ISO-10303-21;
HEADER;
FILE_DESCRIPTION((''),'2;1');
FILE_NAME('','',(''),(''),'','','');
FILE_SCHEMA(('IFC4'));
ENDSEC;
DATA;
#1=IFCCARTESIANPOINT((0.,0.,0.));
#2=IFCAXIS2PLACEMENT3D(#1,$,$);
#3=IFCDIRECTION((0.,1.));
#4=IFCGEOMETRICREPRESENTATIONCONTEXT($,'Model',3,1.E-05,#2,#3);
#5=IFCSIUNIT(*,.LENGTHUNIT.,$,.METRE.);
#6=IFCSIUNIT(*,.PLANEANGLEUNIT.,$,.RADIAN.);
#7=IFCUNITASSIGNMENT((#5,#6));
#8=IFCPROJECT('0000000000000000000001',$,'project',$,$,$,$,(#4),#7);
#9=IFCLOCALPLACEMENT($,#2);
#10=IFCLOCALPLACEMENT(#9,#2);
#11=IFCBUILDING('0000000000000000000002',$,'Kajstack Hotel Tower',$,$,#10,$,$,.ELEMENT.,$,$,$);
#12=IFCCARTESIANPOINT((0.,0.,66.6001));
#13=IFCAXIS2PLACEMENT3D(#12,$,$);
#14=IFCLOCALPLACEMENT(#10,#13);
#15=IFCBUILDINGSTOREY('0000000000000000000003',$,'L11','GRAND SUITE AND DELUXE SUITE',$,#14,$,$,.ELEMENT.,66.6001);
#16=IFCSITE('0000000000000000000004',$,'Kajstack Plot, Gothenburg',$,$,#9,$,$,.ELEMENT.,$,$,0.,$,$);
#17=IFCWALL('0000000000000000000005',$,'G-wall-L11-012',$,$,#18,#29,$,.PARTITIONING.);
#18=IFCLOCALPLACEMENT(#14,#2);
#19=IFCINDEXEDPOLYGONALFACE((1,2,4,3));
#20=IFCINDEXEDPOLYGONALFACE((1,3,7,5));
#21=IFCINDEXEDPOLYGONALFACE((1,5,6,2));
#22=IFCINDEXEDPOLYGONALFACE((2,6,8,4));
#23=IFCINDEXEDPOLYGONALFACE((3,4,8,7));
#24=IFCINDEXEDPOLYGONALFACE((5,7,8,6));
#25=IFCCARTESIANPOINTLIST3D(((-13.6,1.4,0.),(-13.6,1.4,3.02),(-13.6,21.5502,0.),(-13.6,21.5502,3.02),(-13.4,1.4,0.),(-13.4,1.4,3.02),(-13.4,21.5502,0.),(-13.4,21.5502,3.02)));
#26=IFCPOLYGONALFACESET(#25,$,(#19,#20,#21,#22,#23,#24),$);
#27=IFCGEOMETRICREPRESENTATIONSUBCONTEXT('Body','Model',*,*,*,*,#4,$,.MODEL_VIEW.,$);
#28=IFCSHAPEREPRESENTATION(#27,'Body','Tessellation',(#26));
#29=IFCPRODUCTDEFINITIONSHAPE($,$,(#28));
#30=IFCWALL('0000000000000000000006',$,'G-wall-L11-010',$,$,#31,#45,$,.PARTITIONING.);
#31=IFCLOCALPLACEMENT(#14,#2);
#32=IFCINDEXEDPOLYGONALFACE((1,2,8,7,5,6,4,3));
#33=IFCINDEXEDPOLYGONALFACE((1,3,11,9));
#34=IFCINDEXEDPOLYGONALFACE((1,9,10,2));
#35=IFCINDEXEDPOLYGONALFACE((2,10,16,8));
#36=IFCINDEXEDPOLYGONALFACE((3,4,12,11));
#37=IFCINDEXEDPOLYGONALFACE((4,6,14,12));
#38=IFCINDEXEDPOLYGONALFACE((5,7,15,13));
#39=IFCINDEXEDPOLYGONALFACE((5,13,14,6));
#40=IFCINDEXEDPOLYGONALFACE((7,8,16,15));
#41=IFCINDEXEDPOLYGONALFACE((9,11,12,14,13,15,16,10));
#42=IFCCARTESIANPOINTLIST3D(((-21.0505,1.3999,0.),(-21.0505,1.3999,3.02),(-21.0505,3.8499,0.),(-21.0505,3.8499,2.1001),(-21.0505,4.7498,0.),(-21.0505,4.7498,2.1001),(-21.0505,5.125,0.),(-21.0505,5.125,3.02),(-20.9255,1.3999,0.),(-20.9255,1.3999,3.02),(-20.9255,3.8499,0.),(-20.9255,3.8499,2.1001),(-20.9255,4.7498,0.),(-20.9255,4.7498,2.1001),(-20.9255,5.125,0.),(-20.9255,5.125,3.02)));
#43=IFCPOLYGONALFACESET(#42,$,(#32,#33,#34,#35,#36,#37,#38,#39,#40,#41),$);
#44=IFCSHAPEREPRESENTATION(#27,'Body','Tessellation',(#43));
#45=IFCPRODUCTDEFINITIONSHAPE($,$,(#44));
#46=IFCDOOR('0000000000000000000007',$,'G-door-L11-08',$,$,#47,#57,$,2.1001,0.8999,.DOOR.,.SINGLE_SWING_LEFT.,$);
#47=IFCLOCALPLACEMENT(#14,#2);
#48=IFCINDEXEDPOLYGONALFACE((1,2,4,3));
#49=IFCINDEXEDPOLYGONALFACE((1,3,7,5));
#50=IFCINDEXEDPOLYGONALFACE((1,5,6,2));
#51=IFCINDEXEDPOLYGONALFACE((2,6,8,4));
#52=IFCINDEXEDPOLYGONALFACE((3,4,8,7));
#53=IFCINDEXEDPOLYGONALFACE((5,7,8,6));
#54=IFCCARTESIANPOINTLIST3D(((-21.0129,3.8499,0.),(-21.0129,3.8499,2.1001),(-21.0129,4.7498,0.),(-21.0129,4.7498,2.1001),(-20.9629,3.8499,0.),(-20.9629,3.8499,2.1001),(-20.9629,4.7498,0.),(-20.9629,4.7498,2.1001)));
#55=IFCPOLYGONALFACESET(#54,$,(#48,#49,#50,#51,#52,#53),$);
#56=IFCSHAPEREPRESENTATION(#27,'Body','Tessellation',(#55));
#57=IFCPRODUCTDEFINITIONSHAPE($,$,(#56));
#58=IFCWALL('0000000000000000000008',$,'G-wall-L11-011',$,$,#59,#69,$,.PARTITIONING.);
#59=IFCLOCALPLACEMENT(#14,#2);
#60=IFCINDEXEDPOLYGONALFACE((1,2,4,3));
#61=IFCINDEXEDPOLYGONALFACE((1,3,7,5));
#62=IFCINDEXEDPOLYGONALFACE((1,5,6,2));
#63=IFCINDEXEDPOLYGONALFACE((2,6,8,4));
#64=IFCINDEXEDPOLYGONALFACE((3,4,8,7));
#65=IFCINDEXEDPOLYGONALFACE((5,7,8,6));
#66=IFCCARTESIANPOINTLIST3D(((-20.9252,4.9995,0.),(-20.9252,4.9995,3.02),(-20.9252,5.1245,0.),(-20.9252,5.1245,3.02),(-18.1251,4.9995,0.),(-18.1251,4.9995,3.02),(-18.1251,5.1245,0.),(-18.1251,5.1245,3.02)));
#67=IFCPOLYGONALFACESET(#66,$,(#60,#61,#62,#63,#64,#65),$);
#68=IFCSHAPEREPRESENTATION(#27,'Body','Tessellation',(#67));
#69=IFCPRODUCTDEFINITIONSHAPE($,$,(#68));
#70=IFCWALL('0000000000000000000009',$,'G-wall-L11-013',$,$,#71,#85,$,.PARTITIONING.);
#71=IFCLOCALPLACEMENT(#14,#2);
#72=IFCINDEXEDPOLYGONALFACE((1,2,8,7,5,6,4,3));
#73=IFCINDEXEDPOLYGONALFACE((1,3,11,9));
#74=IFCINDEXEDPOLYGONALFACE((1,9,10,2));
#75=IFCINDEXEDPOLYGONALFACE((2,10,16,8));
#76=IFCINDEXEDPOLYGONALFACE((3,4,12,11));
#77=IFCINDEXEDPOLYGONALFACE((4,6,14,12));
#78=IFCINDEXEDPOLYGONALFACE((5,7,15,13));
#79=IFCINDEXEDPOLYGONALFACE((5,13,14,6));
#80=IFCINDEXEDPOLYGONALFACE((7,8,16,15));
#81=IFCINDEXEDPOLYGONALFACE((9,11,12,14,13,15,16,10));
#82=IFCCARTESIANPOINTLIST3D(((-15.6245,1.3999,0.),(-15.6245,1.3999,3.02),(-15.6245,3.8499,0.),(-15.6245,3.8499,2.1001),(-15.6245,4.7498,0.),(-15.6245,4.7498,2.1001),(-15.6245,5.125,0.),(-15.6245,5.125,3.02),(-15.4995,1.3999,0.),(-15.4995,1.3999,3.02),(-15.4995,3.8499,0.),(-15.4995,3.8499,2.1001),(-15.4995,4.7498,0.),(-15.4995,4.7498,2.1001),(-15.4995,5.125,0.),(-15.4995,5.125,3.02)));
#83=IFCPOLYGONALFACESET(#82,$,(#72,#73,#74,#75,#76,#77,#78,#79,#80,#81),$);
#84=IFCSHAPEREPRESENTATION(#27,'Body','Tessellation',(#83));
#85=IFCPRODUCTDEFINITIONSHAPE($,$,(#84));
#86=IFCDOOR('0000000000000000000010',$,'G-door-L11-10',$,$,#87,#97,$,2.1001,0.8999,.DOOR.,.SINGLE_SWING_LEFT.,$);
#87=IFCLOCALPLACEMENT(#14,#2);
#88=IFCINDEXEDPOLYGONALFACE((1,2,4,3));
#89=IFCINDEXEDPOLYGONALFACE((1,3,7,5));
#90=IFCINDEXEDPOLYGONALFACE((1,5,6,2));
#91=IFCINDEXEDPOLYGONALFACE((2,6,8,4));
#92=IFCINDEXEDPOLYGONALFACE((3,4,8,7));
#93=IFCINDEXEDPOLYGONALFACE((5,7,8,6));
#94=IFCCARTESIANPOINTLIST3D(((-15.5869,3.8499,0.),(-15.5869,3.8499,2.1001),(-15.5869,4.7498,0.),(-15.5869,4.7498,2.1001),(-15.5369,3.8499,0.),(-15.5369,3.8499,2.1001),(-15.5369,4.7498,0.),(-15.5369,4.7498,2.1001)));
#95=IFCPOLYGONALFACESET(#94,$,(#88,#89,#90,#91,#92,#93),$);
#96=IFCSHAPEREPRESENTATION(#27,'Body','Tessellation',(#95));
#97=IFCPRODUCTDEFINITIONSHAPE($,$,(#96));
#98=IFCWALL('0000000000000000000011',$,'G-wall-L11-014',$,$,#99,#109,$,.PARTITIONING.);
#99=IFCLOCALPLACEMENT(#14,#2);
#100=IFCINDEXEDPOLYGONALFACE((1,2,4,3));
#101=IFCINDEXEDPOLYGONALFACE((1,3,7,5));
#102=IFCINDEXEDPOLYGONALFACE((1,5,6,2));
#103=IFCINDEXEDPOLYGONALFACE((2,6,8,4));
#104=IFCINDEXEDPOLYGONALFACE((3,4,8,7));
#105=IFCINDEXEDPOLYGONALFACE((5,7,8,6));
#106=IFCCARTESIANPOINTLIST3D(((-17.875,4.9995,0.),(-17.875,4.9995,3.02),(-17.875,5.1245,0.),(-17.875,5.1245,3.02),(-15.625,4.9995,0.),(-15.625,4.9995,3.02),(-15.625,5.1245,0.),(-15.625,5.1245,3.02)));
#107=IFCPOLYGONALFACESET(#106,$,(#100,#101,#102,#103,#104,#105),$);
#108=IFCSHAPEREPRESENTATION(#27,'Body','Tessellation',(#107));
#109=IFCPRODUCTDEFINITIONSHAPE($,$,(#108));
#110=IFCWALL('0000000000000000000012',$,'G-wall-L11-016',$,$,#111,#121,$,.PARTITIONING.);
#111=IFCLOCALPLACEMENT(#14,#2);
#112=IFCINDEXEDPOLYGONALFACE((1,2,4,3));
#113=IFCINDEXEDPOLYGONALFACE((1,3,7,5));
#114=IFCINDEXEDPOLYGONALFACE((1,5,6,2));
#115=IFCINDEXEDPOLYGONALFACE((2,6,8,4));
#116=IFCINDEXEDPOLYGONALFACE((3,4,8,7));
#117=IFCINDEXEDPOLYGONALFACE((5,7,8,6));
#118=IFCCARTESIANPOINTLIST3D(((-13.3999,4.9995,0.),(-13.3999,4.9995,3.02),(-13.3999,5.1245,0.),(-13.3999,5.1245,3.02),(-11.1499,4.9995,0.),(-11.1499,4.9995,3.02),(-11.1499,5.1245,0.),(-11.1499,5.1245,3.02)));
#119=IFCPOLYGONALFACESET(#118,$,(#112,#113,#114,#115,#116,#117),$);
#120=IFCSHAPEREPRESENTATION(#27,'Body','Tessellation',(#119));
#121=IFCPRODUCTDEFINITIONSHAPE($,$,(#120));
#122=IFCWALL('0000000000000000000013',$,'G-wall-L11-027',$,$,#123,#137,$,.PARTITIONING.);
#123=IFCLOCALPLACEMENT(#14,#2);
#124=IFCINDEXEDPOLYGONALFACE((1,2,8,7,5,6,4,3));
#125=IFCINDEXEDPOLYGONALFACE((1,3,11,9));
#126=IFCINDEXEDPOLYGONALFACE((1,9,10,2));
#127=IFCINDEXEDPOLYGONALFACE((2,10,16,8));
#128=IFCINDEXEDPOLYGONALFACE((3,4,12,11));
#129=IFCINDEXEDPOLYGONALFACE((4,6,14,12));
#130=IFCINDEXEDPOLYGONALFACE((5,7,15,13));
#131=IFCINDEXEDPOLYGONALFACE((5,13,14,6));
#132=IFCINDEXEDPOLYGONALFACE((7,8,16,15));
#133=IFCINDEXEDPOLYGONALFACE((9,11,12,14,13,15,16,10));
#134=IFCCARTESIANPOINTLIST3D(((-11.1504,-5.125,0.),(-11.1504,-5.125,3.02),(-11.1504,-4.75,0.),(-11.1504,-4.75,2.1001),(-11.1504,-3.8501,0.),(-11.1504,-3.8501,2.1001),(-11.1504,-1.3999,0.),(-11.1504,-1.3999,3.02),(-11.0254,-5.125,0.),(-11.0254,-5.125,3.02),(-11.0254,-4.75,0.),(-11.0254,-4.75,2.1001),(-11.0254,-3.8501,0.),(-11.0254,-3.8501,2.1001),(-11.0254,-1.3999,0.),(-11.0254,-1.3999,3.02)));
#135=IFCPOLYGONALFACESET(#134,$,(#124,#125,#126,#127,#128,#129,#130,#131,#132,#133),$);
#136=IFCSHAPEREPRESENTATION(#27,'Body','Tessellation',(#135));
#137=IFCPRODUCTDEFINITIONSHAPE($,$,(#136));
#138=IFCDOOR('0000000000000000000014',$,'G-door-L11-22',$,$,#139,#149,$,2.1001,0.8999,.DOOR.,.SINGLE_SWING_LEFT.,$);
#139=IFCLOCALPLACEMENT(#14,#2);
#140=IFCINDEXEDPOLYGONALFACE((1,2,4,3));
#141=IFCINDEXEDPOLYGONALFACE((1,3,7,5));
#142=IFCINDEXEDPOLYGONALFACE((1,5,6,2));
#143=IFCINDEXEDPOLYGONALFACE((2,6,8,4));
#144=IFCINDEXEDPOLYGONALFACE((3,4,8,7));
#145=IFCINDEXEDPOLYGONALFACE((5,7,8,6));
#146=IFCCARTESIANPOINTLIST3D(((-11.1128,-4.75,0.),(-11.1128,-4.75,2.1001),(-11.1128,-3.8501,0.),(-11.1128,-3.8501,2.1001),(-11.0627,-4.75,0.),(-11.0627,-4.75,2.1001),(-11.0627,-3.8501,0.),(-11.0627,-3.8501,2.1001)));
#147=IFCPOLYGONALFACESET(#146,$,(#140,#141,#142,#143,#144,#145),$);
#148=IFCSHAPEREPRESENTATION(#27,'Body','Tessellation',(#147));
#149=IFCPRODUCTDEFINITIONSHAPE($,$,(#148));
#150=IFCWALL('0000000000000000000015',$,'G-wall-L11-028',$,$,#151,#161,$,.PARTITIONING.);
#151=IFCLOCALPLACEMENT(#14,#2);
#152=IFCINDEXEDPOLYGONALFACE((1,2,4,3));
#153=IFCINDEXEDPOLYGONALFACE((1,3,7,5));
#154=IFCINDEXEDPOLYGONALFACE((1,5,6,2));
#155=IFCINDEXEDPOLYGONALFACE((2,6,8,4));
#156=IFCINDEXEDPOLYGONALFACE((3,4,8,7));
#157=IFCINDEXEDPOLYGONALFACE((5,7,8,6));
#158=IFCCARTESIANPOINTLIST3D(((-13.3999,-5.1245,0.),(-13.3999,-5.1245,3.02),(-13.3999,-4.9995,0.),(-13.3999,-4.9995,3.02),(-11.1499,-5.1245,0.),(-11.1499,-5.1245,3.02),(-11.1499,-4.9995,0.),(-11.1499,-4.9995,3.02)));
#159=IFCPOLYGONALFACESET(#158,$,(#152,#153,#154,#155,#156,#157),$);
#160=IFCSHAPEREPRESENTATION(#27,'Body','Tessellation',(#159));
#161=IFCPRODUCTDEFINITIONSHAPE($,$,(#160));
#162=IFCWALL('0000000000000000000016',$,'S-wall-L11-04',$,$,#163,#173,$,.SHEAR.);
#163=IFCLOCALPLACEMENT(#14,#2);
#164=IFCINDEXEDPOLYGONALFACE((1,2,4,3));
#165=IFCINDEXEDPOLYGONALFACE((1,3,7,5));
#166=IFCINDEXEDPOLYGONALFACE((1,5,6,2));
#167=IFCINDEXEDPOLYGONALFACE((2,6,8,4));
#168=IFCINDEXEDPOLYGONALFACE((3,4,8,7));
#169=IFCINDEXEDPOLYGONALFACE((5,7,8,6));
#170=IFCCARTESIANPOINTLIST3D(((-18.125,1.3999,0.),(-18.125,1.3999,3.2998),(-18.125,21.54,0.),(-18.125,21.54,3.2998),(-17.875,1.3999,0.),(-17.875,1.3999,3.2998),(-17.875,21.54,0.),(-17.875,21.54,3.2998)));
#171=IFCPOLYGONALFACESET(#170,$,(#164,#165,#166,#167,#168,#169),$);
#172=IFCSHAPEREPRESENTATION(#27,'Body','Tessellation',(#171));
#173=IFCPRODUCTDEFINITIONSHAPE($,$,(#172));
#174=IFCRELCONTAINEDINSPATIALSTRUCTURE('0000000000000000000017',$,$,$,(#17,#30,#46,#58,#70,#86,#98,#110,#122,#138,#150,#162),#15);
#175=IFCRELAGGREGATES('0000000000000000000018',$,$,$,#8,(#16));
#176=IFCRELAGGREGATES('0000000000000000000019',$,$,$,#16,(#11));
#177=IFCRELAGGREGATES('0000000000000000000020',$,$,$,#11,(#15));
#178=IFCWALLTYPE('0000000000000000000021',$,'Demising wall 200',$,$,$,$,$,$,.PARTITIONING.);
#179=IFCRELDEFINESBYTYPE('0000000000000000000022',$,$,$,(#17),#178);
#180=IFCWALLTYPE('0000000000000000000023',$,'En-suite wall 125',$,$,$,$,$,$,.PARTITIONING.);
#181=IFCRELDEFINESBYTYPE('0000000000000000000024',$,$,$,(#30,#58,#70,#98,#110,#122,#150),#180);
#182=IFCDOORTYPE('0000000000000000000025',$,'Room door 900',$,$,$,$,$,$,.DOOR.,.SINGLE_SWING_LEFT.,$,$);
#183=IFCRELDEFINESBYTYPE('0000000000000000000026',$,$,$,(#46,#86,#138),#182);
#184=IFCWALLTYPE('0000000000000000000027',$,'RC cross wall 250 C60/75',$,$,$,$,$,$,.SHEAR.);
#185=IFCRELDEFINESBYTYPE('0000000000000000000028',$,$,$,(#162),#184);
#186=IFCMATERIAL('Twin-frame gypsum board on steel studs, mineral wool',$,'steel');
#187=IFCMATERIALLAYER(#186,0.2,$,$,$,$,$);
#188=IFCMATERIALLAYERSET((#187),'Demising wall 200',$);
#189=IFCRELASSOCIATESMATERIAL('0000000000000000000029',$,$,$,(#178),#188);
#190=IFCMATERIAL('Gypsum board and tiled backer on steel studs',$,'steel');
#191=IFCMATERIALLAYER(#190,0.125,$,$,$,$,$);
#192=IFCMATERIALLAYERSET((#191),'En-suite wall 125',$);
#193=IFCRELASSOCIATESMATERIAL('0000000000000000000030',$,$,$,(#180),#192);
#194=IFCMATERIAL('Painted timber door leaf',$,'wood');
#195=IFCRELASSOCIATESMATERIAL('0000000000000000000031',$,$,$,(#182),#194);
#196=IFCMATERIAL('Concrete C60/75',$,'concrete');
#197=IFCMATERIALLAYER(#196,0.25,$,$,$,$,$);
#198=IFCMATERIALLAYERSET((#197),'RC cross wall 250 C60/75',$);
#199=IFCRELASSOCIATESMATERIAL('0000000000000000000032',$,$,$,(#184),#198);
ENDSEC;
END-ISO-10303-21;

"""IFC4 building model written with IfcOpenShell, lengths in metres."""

from ifc_helpers import new_model, si_unit, direction, frame, frame_2d, origin, place, context, subcontext, project, spatial, rectangle, extrude, material, layer, layer_set, type_object, element, fill, save


model = new_model("IFC4")

# Units and contexts
model_context = context("Model", 3, precision=1e-05, world=origin(), true_north=direction((0.0, 1.0)))
body_context = subcontext(model_context, "Body", "Model", "MODEL_VIEW")
ifc_project = project(units=[si_unit("LENGTHUNIT", "METRE"), si_unit("PLANEANGLEUNIT", "RADIAN")], contexts=[model_context])

# Site, building, storey
site_placement = place(None, origin())
site = spatial("IfcSite", under=ifc_project, at=site_placement, Name="Kajstack Plot, Gothenburg", CompositionType="ELEMENT", RefElevation=0.0)
building_placement = place(site_placement, origin())
building = spatial("IfcBuilding", under=site, at=building_placement, Name="Kajstack Hotel Tower", CompositionType="ELEMENT")
storey_placement = place(building_placement, frame((0.0, 0.0, 66.6001)))
storey = spatial("IfcBuildingStorey", under=building, at=storey_placement, Name="L11", Description="GRAND SUITE AND DELUXE SUITE", CompositionType="ELEMENT", Elevation=66.6001)

# Wall
ifc_material_1 = material(Name="Twin-frame gypsum board on steel studs, mineral wool", Category="steel")
ifc_layer_1 = layer(ifc_material_1, 0.2)
ifc_layer_set_1 = layer_set([ifc_layer_1], Name="Demising wall 200")
wall_type_1 = type_object("IfcWallType", Name="Demising wall 200", PredefinedType="PARTITIONING", material=ifc_layer_set_1)
wall_1_placement = place(storey_placement, frame((-13.5, 1.3999, 0.0), z_axis=(0.0, 0.0, 1.0), x_axis=(0.0, 1.0, 0.0)))
element("IfcWall", 1, at=wall_1_placement, inside=storey, type_object=wall_type_1, Name="G-wall-L11-012", PredefinedType="PARTITIONING", context=body_context, shape_type="SweptSolid", body=[
    extrude(rectangle(XDim=20.1501, YDim=0.2, at=frame_2d((10.0752, 0.0))), origin(), (0.0, 0.0, 1.0), 3.02),
])

# Wall, opening, door
ifc_material_2 = material(Name="Gypsum board and tiled backer on steel studs", Category="steel")
ifc_layer_2 = layer(ifc_material_2, 0.125)
ifc_layer_set_2 = layer_set([ifc_layer_2], Name="En-suite wall 125")
wall_type_2 = type_object("IfcWallType", Name="En-suite wall 125", PredefinedType="PARTITIONING", material=ifc_layer_set_2)
wall_2_placement = place(storey_placement, frame((-20.988, 1.3999, 0.0), z_axis=(0.0, 0.0, 1.0), x_axis=(0.0, 1.0, 0.0)))
wall_2 = element("IfcWall", 2, at=wall_2_placement, inside=storey, type_object=wall_type_2, Name="G-wall-L11-010", PredefinedType="PARTITIONING", context=body_context, shape_type="SweptSolid", body=[
    extrude(rectangle(XDim=3.7251, YDim=0.125, at=frame_2d((1.8625, 0.0))), origin(), (0.0, 0.0, 1.0), 3.02),
])
opening_1_placement = place(wall_2_placement, frame((2.45, 0.0, 0.0)))
opening_1 = element("IfcOpeningElement", 3, at=opening_1_placement, cuts=wall_2, PredefinedType="OPENING", context=body_context, shape_type="SweptSolid", body=[
    extrude(rectangle(XDim=0.8999, YDim=2.1001, at=frame_2d((0.45, 1.05))), frame((0.0, 0.0725, 0.0), z_axis=(0.0, -1.0, 0.0), x_axis=(1.0, 0.0, 0.0)), (0.0, 0.0, 1.0), 0.145),
])
ifc_material_3 = material(Name="Painted timber door leaf", Category="wood")
door_type_1 = type_object("IfcDoorType", Name="Room door 900", OperationType="SINGLE_SWING_LEFT", PredefinedType="DOOR", material=ifc_material_3)
door_1_placement = place(opening_1_placement, origin())
door_1 = element("IfcDoor", 4, at=door_1_placement, inside=storey, type_object=door_type_1, Name="G-door-L11-08", OperationType="SINGLE_SWING_LEFT", OverallHeight=2.1001, OverallWidth=0.8999, PredefinedType="DOOR", context=body_context, shape_type="SweptSolid", body=[
    extrude(rectangle(XDim=0.8999, YDim=2.1001, at=frame_2d((0.45, 1.05))), frame((0.0, 0.0249, 0.0), z_axis=(0.0, -1.0, 0.0), x_axis=(1.0, 0.0, 0.0)), (0.0, 0.0, 1.0), 0.05),
])
fill(opening_1, door_1)

# Wall
wall_3_placement = place(storey_placement, frame((-20.925, 5.062, 0.0), z_axis=(0.0, 0.0, 1.0), x_axis=(1.0, 0.0, 0.0)))
element("IfcWall", 5, at=wall_3_placement, inside=storey, type_object=wall_type_2, Name="G-wall-L11-011", PredefinedType="PARTITIONING", context=body_context, shape_type="SweptSolid", body=[
    extrude(rectangle(XDim=2.8, YDim=0.125, at=frame_2d((1.3999, 0.0))), origin(), (0.0, 0.0, 1.0), 3.02),
])

# Wall, opening, door
wall_4_placement = place(storey_placement, frame((-15.562, 1.3999, 0.0), z_axis=(0.0, 0.0, 1.0), x_axis=(0.0, 1.0, 0.0)))
wall_4 = element("IfcWall", 6, at=wall_4_placement, inside=storey, type_object=wall_type_2, Name="G-wall-L11-013", PredefinedType="PARTITIONING", context=body_context, shape_type="SweptSolid", body=[
    extrude(rectangle(XDim=3.7251, YDim=0.125, at=frame_2d((1.8625, 0.0))), origin(), (0.0, 0.0, 1.0), 3.02),
])
opening_2_placement = place(wall_4_placement, frame((2.45, 0.0, 0.0)))
opening_2 = element("IfcOpeningElement", 7, at=opening_2_placement, cuts=wall_4, PredefinedType="OPENING", context=body_context, shape_type="SweptSolid", body=[
    extrude(rectangle(XDim=0.8999, YDim=2.1001, at=frame_2d((0.45, 1.05))), frame((0.0, 0.0725, 0.0), z_axis=(0.0, -1.0, 0.0), x_axis=(1.0, 0.0, 0.0)), (0.0, 0.0, 1.0), 0.145),
])
door_2_placement = place(opening_2_placement, origin())
door_2 = element("IfcDoor", 8, at=door_2_placement, inside=storey, type_object=door_type_1, Name="G-door-L11-10", OperationType="SINGLE_SWING_LEFT", OverallHeight=2.1001, OverallWidth=0.8999, PredefinedType="DOOR", context=body_context, shape_type="SweptSolid", body=[
    extrude(rectangle(XDim=0.8999, YDim=2.1001, at=frame_2d((0.45, 1.05))), frame((0.0, 0.0249, 0.0), z_axis=(0.0, -1.0, 0.0), x_axis=(1.0, 0.0, 0.0)), (0.0, 0.0, 1.0), 0.05),
])
fill(opening_2, door_2)

# Walls
for number, where, z_axis, x_axis, name in (
    (9, (-17.875, 5.062, 0.0), (0.0, 0.0, 1.0), (1.0, 0.0, 0.0), "G-wall-L11-014"),
    (10, (-13.3999, 5.062, 0.0), (0.0, 0.0, 1.0), (1.0, 0.0, 0.0), "G-wall-L11-016"),
):
    element("IfcWall", number, at=place(storey_placement, frame(where, z_axis=z_axis, x_axis=x_axis)), inside=storey, type_object=wall_type_2, Name=name, PredefinedType="PARTITIONING", context=body_context, shape_type="SweptSolid", body=[
        extrude(rectangle(XDim=2.25, YDim=0.125, at=frame_2d((1.125, 0.0))), origin(), (0.0, 0.0, 1.0), 3.02),
    ])

# Wall, opening, door
wall_5_placement = place(storey_placement, frame((-11.0879, -5.125, 0.0), z_axis=(0.0, 0.0, 1.0), x_axis=(0.0, 1.0, 0.0)))
wall_5 = element("IfcWall", 11, at=wall_5_placement, inside=storey, type_object=wall_type_2, Name="G-wall-L11-027", PredefinedType="PARTITIONING", context=body_context, shape_type="SweptSolid", body=[
    extrude(rectangle(XDim=3.7251, YDim=0.125, at=frame_2d((1.8625, 0.0))), origin(), (0.0, 0.0, 1.0), 3.02),
])
opening_3_placement = place(wall_5_placement, frame((0.375, 0.0, 0.0)))
opening_3 = element("IfcOpeningElement", 12, at=opening_3_placement, cuts=wall_5, PredefinedType="OPENING", context=body_context, shape_type="SweptSolid", body=[
    extrude(rectangle(XDim=0.8999, YDim=2.1001, at=frame_2d((0.45, 1.05))), frame((0.0, 0.0725, 0.0), z_axis=(0.0, -1.0, 0.0), x_axis=(1.0, 0.0, 0.0)), (0.0, 0.0, 1.0), 0.145),
])
door_3_placement = place(opening_3_placement, origin())
door_3 = element("IfcDoor", 13, at=door_3_placement, inside=storey, type_object=door_type_1, Name="G-door-L11-22", OperationType="SINGLE_SWING_LEFT", OverallHeight=2.1001, OverallWidth=0.8999, PredefinedType="DOOR", context=body_context, shape_type="SweptSolid", body=[
    extrude(rectangle(XDim=0.8999, YDim=2.1001, at=frame_2d((0.45, 1.05))), frame((0.0, 0.0249, 0.0), z_axis=(0.0, -1.0, 0.0), x_axis=(1.0, 0.0, 0.0)), (0.0, 0.0, 1.0), 0.05),
])
fill(opening_3, door_3)

# Walls
wall_6_placement = place(storey_placement, frame((-13.3999, -5.062, 0.0), z_axis=(0.0, 0.0, 1.0), x_axis=(1.0, 0.0, 0.0)))
element("IfcWall", 14, at=wall_6_placement, inside=storey, type_object=wall_type_2, Name="G-wall-L11-028", PredefinedType="PARTITIONING", context=body_context, shape_type="SweptSolid", body=[
    extrude(rectangle(XDim=2.25, YDim=0.125, at=frame_2d((1.125, 0.0))), origin(), (0.0, 0.0, 1.0), 3.02),
])
ifc_material_4 = material(Name="Concrete C60/75", Category="concrete")
ifc_layer_3 = layer(ifc_material_4, 0.25)
ifc_layer_set_3 = layer_set([ifc_layer_3], Name="RC cross wall 250 C60/75")
wall_type_3 = type_object("IfcWallType", Name="RC cross wall 250 C60/75", PredefinedType="SHEAR", material=ifc_layer_set_3)
wall_7_placement = place(storey_placement, frame((-18.0, 1.3999, 0.0), z_axis=(0.0, 0.0, 1.0), x_axis=(0.0, 1.0, 0.0)))
element("IfcWall", 15, at=wall_7_placement, inside=storey, type_object=wall_type_3, Name="S-wall-L11-04", PredefinedType="SHEAR", context=body_context, shape_type="SweptSolid", body=[
    extrude(rectangle(XDim=20.1401, YDim=0.25, at=frame_2d((10.0701, 0.0))), origin(), (0.0, 0.0, 1.0), 3.2998),
])

save(model, "model.ifc")
